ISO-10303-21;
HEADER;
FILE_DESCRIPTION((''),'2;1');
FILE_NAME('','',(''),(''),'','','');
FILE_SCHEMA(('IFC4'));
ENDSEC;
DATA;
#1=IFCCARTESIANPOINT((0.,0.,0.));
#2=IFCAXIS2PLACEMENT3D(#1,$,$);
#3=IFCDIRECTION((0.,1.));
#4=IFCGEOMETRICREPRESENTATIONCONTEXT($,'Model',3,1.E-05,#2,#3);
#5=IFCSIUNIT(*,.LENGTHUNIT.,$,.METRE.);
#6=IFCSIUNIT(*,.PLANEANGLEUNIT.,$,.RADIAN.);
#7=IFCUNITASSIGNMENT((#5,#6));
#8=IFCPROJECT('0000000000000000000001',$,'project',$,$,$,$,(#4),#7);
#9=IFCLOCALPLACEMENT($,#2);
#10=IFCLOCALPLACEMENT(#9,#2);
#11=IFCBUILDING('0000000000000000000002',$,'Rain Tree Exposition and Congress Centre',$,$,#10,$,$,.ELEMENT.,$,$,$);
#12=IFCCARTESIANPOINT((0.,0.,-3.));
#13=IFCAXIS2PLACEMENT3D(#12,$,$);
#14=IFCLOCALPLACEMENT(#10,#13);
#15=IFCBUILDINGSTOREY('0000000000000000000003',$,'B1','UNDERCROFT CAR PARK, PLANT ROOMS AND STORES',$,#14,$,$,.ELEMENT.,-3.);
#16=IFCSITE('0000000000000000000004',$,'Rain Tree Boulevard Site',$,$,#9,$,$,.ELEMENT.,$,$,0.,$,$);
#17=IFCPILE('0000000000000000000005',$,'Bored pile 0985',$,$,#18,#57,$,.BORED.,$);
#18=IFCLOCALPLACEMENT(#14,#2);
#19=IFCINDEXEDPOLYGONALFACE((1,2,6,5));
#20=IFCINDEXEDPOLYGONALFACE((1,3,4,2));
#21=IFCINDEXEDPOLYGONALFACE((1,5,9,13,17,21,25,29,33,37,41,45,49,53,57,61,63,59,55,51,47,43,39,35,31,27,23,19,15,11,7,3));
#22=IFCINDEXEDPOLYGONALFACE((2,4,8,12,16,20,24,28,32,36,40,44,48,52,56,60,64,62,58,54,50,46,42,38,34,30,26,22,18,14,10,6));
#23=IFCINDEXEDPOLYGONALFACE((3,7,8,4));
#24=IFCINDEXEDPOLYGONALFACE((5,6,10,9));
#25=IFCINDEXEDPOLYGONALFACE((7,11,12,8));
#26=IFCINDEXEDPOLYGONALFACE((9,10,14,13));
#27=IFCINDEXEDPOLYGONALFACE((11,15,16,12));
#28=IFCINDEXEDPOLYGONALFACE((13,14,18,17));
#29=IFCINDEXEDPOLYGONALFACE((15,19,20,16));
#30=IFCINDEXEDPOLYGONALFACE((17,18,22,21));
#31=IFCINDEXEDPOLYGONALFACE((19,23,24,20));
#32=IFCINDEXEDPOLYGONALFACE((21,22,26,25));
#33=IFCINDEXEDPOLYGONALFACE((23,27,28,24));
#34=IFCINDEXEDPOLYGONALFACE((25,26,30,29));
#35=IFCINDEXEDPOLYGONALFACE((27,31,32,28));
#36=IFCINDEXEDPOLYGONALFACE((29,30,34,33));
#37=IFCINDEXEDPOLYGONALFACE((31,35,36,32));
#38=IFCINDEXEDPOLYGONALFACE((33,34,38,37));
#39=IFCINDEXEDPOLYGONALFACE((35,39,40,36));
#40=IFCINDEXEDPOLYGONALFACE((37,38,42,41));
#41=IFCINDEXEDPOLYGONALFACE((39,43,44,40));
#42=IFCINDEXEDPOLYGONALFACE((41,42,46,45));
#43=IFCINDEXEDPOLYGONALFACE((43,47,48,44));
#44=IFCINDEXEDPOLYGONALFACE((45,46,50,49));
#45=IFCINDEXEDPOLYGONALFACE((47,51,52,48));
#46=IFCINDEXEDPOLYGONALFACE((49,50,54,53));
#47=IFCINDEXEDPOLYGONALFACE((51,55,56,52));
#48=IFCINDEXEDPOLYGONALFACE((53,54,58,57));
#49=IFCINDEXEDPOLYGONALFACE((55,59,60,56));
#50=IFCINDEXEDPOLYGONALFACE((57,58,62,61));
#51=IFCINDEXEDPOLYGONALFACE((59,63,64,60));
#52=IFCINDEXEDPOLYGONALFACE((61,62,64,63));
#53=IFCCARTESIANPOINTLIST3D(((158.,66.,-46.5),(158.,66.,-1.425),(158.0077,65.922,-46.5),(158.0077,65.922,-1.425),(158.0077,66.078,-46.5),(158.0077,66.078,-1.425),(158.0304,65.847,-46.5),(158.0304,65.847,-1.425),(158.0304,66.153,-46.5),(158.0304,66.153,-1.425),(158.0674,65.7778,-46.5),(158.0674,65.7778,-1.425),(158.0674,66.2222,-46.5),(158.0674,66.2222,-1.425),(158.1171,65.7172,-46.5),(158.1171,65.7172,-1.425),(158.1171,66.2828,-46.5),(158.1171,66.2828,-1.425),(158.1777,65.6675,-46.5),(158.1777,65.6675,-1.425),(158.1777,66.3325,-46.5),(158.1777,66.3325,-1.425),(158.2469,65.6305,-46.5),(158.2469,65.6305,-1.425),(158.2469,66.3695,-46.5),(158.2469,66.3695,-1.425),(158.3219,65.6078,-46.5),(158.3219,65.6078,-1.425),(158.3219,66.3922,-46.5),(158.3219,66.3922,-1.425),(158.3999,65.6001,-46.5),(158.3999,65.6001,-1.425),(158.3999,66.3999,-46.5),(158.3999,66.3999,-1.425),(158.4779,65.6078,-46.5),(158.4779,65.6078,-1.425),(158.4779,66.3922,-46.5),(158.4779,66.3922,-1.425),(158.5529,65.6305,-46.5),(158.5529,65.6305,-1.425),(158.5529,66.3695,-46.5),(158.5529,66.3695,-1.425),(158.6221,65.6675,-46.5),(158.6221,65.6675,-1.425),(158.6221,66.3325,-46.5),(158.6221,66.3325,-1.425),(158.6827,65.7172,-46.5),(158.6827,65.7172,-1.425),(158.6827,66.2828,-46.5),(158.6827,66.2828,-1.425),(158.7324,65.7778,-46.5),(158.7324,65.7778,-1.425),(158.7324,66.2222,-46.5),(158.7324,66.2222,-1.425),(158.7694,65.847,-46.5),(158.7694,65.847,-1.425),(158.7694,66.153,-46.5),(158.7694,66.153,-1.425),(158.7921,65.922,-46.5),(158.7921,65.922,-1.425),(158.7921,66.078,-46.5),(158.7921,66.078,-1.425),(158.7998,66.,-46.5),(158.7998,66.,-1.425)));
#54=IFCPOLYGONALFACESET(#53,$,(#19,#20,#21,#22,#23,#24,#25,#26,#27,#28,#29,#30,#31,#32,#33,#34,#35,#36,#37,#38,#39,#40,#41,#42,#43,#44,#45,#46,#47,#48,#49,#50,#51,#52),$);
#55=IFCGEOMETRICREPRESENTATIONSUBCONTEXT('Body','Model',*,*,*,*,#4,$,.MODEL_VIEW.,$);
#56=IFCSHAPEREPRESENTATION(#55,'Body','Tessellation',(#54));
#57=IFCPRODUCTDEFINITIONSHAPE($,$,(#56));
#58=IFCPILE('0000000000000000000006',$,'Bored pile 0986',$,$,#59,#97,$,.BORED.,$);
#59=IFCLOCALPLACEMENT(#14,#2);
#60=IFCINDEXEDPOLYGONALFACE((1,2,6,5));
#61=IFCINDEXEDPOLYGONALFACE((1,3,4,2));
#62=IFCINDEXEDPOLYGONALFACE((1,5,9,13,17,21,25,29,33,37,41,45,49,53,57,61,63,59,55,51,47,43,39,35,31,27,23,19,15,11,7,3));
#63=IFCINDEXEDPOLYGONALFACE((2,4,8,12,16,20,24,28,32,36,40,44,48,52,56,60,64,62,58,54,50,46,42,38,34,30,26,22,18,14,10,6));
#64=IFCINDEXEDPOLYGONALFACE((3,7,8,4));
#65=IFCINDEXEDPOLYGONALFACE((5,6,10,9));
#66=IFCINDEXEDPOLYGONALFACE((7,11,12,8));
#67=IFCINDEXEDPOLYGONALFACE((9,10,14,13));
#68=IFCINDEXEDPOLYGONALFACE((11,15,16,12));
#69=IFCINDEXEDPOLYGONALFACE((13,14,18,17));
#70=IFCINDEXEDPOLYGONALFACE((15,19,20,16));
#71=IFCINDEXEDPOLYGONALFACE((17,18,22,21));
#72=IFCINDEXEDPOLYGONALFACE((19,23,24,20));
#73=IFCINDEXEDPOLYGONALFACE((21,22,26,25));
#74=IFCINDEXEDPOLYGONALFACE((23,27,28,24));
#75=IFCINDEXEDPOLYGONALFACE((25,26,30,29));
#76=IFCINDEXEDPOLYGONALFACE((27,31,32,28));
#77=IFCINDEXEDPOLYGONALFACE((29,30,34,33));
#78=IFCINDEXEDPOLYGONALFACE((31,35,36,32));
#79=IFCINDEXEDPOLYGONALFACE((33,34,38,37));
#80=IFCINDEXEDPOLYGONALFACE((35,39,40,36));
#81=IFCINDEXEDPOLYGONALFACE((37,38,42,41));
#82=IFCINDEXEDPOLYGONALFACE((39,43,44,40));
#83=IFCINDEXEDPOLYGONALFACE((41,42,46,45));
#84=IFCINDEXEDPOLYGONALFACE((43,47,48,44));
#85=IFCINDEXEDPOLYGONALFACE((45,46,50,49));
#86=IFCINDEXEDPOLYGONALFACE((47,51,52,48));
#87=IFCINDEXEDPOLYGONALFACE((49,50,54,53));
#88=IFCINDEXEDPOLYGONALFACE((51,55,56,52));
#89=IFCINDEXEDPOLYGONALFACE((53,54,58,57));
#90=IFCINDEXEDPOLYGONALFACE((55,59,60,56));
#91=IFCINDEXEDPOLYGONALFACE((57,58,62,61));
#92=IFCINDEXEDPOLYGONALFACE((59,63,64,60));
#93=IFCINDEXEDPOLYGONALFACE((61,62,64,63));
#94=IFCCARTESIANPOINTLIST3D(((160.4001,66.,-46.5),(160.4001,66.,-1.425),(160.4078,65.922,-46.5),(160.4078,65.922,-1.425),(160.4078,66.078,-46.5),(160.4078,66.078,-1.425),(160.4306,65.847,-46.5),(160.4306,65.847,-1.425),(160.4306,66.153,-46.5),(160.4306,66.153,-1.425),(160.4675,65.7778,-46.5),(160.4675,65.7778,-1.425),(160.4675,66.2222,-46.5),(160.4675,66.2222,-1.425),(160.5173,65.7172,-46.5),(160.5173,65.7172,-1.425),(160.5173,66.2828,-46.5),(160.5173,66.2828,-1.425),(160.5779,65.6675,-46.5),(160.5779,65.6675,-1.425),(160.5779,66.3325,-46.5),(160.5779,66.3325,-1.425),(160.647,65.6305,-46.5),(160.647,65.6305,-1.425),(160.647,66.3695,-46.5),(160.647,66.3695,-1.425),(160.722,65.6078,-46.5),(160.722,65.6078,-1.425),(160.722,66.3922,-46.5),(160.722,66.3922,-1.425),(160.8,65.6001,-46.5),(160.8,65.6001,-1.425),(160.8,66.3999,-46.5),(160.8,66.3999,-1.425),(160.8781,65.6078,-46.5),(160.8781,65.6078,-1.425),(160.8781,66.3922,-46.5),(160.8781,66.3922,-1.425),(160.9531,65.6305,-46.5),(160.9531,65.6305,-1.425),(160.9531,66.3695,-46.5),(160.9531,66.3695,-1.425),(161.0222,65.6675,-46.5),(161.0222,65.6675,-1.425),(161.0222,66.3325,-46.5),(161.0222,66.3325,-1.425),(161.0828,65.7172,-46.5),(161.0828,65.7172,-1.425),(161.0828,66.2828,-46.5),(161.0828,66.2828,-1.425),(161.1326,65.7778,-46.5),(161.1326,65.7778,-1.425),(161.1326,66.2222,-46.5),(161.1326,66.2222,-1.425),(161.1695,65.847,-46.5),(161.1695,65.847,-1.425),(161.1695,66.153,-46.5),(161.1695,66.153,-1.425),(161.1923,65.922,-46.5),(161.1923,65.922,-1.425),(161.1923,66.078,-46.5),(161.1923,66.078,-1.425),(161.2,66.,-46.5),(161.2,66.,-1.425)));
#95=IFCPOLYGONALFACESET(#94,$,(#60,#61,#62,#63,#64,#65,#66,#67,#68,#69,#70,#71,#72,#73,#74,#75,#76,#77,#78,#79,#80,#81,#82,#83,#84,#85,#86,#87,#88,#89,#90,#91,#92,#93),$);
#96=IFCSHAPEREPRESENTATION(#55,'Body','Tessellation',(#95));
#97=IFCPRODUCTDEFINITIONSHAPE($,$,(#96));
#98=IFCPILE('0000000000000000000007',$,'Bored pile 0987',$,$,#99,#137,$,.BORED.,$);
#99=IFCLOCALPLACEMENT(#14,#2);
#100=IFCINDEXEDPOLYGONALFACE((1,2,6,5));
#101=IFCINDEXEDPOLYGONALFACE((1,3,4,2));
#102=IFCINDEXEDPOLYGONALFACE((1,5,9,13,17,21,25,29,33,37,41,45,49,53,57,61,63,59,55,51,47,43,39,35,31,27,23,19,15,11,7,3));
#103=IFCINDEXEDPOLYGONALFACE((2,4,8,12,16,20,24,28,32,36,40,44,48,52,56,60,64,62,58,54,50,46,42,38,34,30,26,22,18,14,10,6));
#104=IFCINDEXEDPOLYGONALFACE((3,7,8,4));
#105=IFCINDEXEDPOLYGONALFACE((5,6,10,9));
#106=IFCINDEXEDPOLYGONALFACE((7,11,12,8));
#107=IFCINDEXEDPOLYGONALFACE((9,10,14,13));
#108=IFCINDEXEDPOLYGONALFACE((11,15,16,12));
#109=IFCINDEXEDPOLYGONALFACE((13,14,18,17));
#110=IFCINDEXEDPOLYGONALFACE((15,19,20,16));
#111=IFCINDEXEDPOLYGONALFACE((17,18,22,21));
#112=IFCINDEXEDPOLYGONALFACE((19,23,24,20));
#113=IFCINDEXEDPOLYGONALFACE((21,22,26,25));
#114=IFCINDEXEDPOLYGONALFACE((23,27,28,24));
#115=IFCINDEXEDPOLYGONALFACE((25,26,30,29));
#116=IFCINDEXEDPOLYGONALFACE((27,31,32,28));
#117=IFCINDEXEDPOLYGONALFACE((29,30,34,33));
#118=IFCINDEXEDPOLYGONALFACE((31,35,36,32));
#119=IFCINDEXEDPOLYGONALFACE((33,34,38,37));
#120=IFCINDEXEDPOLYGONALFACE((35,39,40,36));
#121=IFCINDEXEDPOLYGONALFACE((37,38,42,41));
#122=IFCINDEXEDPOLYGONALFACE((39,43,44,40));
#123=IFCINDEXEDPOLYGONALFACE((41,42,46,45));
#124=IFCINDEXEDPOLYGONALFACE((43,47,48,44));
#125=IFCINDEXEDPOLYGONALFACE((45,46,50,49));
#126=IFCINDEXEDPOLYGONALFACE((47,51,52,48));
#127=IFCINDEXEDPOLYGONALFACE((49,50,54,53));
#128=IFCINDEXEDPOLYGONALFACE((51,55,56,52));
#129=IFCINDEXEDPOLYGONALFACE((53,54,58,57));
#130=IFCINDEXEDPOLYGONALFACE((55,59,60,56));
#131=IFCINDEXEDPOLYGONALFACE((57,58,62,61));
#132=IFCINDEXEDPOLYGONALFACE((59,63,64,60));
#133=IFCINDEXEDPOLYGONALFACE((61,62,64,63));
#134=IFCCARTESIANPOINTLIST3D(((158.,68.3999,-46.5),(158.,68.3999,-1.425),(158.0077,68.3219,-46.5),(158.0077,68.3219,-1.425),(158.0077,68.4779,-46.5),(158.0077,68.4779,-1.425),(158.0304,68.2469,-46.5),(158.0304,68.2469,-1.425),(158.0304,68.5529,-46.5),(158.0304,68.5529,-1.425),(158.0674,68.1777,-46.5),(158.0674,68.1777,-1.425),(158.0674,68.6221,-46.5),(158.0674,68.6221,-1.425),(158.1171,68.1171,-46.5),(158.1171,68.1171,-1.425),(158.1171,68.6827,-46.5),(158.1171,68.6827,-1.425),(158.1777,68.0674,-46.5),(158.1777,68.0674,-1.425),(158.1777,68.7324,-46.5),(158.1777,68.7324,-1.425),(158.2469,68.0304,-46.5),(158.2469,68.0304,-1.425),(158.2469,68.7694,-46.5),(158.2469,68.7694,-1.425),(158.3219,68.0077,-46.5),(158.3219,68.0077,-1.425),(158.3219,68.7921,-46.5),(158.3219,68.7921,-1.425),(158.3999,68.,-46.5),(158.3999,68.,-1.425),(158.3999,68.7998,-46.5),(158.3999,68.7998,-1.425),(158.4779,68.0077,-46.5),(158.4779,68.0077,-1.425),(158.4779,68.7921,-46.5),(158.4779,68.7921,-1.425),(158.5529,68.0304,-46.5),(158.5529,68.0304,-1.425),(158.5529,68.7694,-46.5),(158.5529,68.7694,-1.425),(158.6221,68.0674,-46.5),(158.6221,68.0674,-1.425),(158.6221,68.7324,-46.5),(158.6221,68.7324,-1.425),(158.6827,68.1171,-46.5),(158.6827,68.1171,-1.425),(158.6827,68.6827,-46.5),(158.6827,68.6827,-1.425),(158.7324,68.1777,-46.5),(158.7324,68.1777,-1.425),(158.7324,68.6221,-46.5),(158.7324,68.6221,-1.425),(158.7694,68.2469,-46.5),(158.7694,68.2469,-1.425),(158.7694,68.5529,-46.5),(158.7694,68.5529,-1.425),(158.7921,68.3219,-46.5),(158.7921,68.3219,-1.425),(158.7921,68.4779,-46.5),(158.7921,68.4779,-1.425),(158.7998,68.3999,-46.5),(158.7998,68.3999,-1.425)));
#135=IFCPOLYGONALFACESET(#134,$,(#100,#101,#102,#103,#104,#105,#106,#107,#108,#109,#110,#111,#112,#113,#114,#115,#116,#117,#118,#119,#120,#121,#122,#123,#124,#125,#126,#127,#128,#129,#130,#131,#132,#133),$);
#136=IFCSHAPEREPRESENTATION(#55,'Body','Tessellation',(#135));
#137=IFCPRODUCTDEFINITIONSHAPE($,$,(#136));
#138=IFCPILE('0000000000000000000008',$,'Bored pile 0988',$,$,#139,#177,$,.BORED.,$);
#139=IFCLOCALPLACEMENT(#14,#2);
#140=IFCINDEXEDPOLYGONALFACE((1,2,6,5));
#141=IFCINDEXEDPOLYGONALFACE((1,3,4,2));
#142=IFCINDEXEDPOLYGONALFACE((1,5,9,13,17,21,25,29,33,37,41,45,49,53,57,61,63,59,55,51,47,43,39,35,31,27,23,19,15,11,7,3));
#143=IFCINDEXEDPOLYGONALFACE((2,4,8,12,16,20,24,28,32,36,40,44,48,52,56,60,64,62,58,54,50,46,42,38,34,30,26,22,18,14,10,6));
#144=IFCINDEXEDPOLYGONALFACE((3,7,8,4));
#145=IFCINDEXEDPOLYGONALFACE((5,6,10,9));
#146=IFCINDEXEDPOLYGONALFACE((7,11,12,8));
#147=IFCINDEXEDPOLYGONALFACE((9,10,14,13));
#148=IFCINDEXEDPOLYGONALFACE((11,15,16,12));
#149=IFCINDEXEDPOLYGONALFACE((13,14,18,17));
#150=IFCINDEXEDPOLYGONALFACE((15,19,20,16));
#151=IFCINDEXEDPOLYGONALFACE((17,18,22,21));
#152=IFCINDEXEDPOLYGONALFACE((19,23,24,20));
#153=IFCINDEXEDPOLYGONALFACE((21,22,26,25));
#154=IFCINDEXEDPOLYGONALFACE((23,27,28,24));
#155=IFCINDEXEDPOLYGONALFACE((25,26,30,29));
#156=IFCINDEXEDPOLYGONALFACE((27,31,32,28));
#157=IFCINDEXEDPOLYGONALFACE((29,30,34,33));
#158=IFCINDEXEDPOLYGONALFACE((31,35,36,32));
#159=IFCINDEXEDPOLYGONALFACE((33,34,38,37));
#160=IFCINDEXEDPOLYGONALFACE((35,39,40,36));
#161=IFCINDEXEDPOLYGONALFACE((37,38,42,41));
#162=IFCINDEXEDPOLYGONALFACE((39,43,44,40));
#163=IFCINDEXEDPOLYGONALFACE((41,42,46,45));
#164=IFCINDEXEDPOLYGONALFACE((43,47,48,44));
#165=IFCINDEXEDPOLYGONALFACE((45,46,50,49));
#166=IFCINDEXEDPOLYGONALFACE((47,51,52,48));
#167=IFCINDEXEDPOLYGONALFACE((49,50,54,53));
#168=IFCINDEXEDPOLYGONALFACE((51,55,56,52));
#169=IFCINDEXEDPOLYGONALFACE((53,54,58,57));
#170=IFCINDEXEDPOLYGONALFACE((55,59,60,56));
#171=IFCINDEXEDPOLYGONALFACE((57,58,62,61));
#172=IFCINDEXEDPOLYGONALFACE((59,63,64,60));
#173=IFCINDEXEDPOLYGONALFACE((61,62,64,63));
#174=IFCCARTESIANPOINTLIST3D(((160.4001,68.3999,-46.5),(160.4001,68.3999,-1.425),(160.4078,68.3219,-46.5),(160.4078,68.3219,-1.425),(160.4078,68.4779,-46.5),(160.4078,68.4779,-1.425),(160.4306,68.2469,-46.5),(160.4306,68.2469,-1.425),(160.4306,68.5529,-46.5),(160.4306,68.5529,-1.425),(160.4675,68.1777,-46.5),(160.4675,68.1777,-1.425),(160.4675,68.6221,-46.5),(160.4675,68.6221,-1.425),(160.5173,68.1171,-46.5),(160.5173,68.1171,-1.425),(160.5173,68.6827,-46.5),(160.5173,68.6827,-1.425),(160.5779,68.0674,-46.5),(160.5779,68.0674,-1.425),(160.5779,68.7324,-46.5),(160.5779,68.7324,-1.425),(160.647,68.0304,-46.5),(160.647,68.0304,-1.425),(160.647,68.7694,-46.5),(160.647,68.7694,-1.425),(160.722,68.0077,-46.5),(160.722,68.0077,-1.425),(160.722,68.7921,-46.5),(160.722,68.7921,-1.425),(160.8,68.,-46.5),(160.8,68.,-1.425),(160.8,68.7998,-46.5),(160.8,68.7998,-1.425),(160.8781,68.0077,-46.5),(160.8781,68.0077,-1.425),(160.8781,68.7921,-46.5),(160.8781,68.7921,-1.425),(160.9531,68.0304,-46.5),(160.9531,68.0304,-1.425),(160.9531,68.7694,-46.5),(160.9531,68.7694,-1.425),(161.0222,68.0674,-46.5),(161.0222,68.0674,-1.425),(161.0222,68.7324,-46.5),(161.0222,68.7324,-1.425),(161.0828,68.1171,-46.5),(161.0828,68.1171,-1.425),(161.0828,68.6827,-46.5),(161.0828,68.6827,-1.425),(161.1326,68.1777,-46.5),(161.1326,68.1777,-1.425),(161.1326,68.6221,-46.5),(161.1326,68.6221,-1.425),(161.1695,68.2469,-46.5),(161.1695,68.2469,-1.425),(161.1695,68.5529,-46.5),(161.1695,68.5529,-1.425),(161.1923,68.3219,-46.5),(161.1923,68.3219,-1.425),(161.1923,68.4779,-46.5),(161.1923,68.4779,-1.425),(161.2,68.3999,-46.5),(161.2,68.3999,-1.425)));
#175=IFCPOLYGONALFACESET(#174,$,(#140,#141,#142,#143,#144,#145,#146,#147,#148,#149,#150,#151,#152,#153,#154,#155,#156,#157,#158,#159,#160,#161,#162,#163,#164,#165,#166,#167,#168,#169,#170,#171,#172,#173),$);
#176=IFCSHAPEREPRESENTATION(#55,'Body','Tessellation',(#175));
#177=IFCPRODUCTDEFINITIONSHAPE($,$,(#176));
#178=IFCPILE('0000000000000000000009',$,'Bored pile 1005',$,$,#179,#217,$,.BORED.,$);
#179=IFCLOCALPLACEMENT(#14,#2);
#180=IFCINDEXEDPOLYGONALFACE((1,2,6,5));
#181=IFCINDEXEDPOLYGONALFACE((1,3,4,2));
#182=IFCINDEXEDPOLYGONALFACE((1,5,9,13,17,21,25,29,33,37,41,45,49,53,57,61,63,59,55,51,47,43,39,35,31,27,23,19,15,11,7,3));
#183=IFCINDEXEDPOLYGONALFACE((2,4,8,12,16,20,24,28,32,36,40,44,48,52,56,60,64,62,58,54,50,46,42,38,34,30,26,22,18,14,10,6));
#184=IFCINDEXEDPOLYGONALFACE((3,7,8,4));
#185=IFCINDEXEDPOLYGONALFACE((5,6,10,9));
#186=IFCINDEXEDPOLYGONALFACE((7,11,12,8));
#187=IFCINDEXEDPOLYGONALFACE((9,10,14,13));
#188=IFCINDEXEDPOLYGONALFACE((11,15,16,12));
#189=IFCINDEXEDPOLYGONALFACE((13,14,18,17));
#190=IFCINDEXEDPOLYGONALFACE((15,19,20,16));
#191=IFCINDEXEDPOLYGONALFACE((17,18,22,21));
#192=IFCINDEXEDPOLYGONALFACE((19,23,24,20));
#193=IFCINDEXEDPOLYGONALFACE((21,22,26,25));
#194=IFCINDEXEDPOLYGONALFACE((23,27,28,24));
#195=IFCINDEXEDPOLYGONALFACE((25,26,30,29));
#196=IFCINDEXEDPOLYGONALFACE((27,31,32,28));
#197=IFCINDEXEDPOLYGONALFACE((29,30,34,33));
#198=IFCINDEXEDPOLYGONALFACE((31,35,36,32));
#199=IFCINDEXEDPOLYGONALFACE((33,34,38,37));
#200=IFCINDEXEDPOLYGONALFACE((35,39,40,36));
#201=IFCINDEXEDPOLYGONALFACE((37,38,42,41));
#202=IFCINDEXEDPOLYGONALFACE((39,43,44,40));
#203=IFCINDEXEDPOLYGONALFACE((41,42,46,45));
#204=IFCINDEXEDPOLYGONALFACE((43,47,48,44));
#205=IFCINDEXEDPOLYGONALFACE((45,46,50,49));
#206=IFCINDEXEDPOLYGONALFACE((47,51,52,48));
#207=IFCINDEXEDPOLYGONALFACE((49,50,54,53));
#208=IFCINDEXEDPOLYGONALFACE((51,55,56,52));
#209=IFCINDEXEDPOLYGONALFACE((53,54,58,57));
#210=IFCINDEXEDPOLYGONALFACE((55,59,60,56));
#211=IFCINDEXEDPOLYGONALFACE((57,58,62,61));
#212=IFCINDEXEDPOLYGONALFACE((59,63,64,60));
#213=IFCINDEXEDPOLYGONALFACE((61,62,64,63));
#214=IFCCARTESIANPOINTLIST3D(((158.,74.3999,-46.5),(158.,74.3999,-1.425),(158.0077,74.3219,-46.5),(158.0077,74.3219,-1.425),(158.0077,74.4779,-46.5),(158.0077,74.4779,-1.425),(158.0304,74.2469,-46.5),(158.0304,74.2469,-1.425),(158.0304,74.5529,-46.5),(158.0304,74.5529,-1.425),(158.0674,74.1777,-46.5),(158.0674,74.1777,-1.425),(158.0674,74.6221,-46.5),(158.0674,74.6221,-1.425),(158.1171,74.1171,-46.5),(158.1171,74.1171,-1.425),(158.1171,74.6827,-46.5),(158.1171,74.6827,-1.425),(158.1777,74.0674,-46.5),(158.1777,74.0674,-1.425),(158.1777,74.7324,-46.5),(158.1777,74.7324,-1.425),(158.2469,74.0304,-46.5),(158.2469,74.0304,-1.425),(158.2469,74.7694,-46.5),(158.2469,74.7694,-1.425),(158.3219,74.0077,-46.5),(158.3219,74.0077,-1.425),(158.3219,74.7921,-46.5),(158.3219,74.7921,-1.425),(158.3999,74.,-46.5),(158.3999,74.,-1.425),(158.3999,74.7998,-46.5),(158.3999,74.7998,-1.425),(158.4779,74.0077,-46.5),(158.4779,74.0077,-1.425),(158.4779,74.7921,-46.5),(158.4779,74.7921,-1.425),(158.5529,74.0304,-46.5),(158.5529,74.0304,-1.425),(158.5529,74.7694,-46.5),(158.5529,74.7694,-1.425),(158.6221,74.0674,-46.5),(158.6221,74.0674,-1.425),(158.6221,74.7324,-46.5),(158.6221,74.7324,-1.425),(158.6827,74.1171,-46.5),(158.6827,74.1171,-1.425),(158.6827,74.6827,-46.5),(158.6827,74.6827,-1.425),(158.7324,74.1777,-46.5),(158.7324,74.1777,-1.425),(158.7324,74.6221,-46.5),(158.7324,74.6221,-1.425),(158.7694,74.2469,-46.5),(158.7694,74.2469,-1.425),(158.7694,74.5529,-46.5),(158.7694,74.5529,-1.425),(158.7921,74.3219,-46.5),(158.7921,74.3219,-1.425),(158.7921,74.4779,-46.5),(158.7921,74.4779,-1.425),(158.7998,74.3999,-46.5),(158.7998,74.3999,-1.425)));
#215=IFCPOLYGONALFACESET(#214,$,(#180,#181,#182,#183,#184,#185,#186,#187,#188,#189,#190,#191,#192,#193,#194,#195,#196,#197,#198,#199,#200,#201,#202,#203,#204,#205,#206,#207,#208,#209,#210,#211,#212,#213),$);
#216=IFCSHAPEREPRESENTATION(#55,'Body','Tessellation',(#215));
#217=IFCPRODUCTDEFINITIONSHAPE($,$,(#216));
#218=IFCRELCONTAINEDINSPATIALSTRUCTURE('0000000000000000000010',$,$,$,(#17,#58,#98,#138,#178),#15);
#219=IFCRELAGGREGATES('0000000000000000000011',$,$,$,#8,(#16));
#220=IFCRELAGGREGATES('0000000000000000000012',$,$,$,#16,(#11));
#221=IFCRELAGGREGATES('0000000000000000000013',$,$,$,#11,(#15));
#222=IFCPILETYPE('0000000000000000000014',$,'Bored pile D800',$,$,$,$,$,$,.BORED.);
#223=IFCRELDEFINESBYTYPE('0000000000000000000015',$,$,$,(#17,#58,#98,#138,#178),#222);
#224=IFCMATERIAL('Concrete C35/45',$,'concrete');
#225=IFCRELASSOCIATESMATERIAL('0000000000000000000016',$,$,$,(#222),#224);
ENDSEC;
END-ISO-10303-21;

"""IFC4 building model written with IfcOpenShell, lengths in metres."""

from ifc_helpers import new_model, si_unit, direction, frame, origin, origin_2d, place, context, subcontext, project, spatial, circle, extrude, material, material_profile, profile_set, type_object, element, save


model = new_model("IFC4")

# Units and contexts
model_context = context("Model", 3, precision=1e-05, world=origin(), true_north=direction((0.0, 1.0)))
body_context = subcontext(model_context, "Body", "Model", "MODEL_VIEW")
ifc_project = project(units=[si_unit("LENGTHUNIT", "METRE"), si_unit("PLANEANGLEUNIT", "RADIAN")], contexts=[model_context])

# Site, building, storey
site_placement = place(None, origin())
site = spatial("IfcSite", under=ifc_project, at=site_placement, Name="Rain Tree Boulevard Site", CompositionType="ELEMENT", RefElevation=0.0)
building_placement = place(site_placement, origin())
building = spatial("IfcBuilding", under=site, at=building_placement, Name="Rain Tree Exposition and Congress Centre", CompositionType="ELEMENT")
storey_placement = place(building_placement, frame((0.0, 0.0, -3.0)))
storey = spatial("IfcBuildingStorey", under=building, at=storey_placement, Name="B1", Description="UNDERCROFT CAR PARK, PLANT ROOMS AND STORES", CompositionType="ELEMENT", Elevation=-3.0)

# Piles
ifc_material_1 = material(Name="Concrete C35/45", Category="concrete")
ifc_material_profile_1 = material_profile(ifc_material_1, circle(Radius=0.3999, at=origin_2d()), Name="D800")
ifc_profile_set_1 = profile_set([ifc_material_profile_1], Name="Concrete C35/45")
pile_type_1 = type_object("IfcPileType", Name="Bored pile D800", PredefinedType="BORED", material=ifc_profile_set_1)
for number, where, z_axis, x_axis, name in (
    (1, (158.3999, 66.0, -1.425), (0.0, 0.0, -1.0), (1.0, 0.0, 0.0), "Bored pile 0985"),
    (2, (160.8, 66.0, -1.425), (0.0, 0.0, -1.0), (1.0, 0.0, 0.0), "Bored pile 0986"),
    (3, (158.3999, 68.3999, -1.425), (0.0, 0.0, -1.0), (1.0, 0.0, 0.0), "Bored pile 0987"),
    (4, (160.8, 68.3999, -1.425), (0.0, 0.0, -1.0), (1.0, 0.0, 0.0), "Bored pile 0988"),
    (5, (158.3999, 74.3999, -1.425), (0.0, 0.0, -1.0), (1.0, 0.0, 0.0), "Bored pile 1005"),
):
    element("IfcPile", number, at=place(storey_placement, frame(where, z_axis=z_axis, x_axis=x_axis)), inside=storey, type_object=pile_type_1, Name=name, PredefinedType="BORED", context=body_context, shape_type="SweptSolid", body=[
        extrude(circle(Radius=0.3999, at=origin_2d()), origin(), (0.0, 0.0, 1.0), 45.075),
    ])

save(model, "model.ifc")
